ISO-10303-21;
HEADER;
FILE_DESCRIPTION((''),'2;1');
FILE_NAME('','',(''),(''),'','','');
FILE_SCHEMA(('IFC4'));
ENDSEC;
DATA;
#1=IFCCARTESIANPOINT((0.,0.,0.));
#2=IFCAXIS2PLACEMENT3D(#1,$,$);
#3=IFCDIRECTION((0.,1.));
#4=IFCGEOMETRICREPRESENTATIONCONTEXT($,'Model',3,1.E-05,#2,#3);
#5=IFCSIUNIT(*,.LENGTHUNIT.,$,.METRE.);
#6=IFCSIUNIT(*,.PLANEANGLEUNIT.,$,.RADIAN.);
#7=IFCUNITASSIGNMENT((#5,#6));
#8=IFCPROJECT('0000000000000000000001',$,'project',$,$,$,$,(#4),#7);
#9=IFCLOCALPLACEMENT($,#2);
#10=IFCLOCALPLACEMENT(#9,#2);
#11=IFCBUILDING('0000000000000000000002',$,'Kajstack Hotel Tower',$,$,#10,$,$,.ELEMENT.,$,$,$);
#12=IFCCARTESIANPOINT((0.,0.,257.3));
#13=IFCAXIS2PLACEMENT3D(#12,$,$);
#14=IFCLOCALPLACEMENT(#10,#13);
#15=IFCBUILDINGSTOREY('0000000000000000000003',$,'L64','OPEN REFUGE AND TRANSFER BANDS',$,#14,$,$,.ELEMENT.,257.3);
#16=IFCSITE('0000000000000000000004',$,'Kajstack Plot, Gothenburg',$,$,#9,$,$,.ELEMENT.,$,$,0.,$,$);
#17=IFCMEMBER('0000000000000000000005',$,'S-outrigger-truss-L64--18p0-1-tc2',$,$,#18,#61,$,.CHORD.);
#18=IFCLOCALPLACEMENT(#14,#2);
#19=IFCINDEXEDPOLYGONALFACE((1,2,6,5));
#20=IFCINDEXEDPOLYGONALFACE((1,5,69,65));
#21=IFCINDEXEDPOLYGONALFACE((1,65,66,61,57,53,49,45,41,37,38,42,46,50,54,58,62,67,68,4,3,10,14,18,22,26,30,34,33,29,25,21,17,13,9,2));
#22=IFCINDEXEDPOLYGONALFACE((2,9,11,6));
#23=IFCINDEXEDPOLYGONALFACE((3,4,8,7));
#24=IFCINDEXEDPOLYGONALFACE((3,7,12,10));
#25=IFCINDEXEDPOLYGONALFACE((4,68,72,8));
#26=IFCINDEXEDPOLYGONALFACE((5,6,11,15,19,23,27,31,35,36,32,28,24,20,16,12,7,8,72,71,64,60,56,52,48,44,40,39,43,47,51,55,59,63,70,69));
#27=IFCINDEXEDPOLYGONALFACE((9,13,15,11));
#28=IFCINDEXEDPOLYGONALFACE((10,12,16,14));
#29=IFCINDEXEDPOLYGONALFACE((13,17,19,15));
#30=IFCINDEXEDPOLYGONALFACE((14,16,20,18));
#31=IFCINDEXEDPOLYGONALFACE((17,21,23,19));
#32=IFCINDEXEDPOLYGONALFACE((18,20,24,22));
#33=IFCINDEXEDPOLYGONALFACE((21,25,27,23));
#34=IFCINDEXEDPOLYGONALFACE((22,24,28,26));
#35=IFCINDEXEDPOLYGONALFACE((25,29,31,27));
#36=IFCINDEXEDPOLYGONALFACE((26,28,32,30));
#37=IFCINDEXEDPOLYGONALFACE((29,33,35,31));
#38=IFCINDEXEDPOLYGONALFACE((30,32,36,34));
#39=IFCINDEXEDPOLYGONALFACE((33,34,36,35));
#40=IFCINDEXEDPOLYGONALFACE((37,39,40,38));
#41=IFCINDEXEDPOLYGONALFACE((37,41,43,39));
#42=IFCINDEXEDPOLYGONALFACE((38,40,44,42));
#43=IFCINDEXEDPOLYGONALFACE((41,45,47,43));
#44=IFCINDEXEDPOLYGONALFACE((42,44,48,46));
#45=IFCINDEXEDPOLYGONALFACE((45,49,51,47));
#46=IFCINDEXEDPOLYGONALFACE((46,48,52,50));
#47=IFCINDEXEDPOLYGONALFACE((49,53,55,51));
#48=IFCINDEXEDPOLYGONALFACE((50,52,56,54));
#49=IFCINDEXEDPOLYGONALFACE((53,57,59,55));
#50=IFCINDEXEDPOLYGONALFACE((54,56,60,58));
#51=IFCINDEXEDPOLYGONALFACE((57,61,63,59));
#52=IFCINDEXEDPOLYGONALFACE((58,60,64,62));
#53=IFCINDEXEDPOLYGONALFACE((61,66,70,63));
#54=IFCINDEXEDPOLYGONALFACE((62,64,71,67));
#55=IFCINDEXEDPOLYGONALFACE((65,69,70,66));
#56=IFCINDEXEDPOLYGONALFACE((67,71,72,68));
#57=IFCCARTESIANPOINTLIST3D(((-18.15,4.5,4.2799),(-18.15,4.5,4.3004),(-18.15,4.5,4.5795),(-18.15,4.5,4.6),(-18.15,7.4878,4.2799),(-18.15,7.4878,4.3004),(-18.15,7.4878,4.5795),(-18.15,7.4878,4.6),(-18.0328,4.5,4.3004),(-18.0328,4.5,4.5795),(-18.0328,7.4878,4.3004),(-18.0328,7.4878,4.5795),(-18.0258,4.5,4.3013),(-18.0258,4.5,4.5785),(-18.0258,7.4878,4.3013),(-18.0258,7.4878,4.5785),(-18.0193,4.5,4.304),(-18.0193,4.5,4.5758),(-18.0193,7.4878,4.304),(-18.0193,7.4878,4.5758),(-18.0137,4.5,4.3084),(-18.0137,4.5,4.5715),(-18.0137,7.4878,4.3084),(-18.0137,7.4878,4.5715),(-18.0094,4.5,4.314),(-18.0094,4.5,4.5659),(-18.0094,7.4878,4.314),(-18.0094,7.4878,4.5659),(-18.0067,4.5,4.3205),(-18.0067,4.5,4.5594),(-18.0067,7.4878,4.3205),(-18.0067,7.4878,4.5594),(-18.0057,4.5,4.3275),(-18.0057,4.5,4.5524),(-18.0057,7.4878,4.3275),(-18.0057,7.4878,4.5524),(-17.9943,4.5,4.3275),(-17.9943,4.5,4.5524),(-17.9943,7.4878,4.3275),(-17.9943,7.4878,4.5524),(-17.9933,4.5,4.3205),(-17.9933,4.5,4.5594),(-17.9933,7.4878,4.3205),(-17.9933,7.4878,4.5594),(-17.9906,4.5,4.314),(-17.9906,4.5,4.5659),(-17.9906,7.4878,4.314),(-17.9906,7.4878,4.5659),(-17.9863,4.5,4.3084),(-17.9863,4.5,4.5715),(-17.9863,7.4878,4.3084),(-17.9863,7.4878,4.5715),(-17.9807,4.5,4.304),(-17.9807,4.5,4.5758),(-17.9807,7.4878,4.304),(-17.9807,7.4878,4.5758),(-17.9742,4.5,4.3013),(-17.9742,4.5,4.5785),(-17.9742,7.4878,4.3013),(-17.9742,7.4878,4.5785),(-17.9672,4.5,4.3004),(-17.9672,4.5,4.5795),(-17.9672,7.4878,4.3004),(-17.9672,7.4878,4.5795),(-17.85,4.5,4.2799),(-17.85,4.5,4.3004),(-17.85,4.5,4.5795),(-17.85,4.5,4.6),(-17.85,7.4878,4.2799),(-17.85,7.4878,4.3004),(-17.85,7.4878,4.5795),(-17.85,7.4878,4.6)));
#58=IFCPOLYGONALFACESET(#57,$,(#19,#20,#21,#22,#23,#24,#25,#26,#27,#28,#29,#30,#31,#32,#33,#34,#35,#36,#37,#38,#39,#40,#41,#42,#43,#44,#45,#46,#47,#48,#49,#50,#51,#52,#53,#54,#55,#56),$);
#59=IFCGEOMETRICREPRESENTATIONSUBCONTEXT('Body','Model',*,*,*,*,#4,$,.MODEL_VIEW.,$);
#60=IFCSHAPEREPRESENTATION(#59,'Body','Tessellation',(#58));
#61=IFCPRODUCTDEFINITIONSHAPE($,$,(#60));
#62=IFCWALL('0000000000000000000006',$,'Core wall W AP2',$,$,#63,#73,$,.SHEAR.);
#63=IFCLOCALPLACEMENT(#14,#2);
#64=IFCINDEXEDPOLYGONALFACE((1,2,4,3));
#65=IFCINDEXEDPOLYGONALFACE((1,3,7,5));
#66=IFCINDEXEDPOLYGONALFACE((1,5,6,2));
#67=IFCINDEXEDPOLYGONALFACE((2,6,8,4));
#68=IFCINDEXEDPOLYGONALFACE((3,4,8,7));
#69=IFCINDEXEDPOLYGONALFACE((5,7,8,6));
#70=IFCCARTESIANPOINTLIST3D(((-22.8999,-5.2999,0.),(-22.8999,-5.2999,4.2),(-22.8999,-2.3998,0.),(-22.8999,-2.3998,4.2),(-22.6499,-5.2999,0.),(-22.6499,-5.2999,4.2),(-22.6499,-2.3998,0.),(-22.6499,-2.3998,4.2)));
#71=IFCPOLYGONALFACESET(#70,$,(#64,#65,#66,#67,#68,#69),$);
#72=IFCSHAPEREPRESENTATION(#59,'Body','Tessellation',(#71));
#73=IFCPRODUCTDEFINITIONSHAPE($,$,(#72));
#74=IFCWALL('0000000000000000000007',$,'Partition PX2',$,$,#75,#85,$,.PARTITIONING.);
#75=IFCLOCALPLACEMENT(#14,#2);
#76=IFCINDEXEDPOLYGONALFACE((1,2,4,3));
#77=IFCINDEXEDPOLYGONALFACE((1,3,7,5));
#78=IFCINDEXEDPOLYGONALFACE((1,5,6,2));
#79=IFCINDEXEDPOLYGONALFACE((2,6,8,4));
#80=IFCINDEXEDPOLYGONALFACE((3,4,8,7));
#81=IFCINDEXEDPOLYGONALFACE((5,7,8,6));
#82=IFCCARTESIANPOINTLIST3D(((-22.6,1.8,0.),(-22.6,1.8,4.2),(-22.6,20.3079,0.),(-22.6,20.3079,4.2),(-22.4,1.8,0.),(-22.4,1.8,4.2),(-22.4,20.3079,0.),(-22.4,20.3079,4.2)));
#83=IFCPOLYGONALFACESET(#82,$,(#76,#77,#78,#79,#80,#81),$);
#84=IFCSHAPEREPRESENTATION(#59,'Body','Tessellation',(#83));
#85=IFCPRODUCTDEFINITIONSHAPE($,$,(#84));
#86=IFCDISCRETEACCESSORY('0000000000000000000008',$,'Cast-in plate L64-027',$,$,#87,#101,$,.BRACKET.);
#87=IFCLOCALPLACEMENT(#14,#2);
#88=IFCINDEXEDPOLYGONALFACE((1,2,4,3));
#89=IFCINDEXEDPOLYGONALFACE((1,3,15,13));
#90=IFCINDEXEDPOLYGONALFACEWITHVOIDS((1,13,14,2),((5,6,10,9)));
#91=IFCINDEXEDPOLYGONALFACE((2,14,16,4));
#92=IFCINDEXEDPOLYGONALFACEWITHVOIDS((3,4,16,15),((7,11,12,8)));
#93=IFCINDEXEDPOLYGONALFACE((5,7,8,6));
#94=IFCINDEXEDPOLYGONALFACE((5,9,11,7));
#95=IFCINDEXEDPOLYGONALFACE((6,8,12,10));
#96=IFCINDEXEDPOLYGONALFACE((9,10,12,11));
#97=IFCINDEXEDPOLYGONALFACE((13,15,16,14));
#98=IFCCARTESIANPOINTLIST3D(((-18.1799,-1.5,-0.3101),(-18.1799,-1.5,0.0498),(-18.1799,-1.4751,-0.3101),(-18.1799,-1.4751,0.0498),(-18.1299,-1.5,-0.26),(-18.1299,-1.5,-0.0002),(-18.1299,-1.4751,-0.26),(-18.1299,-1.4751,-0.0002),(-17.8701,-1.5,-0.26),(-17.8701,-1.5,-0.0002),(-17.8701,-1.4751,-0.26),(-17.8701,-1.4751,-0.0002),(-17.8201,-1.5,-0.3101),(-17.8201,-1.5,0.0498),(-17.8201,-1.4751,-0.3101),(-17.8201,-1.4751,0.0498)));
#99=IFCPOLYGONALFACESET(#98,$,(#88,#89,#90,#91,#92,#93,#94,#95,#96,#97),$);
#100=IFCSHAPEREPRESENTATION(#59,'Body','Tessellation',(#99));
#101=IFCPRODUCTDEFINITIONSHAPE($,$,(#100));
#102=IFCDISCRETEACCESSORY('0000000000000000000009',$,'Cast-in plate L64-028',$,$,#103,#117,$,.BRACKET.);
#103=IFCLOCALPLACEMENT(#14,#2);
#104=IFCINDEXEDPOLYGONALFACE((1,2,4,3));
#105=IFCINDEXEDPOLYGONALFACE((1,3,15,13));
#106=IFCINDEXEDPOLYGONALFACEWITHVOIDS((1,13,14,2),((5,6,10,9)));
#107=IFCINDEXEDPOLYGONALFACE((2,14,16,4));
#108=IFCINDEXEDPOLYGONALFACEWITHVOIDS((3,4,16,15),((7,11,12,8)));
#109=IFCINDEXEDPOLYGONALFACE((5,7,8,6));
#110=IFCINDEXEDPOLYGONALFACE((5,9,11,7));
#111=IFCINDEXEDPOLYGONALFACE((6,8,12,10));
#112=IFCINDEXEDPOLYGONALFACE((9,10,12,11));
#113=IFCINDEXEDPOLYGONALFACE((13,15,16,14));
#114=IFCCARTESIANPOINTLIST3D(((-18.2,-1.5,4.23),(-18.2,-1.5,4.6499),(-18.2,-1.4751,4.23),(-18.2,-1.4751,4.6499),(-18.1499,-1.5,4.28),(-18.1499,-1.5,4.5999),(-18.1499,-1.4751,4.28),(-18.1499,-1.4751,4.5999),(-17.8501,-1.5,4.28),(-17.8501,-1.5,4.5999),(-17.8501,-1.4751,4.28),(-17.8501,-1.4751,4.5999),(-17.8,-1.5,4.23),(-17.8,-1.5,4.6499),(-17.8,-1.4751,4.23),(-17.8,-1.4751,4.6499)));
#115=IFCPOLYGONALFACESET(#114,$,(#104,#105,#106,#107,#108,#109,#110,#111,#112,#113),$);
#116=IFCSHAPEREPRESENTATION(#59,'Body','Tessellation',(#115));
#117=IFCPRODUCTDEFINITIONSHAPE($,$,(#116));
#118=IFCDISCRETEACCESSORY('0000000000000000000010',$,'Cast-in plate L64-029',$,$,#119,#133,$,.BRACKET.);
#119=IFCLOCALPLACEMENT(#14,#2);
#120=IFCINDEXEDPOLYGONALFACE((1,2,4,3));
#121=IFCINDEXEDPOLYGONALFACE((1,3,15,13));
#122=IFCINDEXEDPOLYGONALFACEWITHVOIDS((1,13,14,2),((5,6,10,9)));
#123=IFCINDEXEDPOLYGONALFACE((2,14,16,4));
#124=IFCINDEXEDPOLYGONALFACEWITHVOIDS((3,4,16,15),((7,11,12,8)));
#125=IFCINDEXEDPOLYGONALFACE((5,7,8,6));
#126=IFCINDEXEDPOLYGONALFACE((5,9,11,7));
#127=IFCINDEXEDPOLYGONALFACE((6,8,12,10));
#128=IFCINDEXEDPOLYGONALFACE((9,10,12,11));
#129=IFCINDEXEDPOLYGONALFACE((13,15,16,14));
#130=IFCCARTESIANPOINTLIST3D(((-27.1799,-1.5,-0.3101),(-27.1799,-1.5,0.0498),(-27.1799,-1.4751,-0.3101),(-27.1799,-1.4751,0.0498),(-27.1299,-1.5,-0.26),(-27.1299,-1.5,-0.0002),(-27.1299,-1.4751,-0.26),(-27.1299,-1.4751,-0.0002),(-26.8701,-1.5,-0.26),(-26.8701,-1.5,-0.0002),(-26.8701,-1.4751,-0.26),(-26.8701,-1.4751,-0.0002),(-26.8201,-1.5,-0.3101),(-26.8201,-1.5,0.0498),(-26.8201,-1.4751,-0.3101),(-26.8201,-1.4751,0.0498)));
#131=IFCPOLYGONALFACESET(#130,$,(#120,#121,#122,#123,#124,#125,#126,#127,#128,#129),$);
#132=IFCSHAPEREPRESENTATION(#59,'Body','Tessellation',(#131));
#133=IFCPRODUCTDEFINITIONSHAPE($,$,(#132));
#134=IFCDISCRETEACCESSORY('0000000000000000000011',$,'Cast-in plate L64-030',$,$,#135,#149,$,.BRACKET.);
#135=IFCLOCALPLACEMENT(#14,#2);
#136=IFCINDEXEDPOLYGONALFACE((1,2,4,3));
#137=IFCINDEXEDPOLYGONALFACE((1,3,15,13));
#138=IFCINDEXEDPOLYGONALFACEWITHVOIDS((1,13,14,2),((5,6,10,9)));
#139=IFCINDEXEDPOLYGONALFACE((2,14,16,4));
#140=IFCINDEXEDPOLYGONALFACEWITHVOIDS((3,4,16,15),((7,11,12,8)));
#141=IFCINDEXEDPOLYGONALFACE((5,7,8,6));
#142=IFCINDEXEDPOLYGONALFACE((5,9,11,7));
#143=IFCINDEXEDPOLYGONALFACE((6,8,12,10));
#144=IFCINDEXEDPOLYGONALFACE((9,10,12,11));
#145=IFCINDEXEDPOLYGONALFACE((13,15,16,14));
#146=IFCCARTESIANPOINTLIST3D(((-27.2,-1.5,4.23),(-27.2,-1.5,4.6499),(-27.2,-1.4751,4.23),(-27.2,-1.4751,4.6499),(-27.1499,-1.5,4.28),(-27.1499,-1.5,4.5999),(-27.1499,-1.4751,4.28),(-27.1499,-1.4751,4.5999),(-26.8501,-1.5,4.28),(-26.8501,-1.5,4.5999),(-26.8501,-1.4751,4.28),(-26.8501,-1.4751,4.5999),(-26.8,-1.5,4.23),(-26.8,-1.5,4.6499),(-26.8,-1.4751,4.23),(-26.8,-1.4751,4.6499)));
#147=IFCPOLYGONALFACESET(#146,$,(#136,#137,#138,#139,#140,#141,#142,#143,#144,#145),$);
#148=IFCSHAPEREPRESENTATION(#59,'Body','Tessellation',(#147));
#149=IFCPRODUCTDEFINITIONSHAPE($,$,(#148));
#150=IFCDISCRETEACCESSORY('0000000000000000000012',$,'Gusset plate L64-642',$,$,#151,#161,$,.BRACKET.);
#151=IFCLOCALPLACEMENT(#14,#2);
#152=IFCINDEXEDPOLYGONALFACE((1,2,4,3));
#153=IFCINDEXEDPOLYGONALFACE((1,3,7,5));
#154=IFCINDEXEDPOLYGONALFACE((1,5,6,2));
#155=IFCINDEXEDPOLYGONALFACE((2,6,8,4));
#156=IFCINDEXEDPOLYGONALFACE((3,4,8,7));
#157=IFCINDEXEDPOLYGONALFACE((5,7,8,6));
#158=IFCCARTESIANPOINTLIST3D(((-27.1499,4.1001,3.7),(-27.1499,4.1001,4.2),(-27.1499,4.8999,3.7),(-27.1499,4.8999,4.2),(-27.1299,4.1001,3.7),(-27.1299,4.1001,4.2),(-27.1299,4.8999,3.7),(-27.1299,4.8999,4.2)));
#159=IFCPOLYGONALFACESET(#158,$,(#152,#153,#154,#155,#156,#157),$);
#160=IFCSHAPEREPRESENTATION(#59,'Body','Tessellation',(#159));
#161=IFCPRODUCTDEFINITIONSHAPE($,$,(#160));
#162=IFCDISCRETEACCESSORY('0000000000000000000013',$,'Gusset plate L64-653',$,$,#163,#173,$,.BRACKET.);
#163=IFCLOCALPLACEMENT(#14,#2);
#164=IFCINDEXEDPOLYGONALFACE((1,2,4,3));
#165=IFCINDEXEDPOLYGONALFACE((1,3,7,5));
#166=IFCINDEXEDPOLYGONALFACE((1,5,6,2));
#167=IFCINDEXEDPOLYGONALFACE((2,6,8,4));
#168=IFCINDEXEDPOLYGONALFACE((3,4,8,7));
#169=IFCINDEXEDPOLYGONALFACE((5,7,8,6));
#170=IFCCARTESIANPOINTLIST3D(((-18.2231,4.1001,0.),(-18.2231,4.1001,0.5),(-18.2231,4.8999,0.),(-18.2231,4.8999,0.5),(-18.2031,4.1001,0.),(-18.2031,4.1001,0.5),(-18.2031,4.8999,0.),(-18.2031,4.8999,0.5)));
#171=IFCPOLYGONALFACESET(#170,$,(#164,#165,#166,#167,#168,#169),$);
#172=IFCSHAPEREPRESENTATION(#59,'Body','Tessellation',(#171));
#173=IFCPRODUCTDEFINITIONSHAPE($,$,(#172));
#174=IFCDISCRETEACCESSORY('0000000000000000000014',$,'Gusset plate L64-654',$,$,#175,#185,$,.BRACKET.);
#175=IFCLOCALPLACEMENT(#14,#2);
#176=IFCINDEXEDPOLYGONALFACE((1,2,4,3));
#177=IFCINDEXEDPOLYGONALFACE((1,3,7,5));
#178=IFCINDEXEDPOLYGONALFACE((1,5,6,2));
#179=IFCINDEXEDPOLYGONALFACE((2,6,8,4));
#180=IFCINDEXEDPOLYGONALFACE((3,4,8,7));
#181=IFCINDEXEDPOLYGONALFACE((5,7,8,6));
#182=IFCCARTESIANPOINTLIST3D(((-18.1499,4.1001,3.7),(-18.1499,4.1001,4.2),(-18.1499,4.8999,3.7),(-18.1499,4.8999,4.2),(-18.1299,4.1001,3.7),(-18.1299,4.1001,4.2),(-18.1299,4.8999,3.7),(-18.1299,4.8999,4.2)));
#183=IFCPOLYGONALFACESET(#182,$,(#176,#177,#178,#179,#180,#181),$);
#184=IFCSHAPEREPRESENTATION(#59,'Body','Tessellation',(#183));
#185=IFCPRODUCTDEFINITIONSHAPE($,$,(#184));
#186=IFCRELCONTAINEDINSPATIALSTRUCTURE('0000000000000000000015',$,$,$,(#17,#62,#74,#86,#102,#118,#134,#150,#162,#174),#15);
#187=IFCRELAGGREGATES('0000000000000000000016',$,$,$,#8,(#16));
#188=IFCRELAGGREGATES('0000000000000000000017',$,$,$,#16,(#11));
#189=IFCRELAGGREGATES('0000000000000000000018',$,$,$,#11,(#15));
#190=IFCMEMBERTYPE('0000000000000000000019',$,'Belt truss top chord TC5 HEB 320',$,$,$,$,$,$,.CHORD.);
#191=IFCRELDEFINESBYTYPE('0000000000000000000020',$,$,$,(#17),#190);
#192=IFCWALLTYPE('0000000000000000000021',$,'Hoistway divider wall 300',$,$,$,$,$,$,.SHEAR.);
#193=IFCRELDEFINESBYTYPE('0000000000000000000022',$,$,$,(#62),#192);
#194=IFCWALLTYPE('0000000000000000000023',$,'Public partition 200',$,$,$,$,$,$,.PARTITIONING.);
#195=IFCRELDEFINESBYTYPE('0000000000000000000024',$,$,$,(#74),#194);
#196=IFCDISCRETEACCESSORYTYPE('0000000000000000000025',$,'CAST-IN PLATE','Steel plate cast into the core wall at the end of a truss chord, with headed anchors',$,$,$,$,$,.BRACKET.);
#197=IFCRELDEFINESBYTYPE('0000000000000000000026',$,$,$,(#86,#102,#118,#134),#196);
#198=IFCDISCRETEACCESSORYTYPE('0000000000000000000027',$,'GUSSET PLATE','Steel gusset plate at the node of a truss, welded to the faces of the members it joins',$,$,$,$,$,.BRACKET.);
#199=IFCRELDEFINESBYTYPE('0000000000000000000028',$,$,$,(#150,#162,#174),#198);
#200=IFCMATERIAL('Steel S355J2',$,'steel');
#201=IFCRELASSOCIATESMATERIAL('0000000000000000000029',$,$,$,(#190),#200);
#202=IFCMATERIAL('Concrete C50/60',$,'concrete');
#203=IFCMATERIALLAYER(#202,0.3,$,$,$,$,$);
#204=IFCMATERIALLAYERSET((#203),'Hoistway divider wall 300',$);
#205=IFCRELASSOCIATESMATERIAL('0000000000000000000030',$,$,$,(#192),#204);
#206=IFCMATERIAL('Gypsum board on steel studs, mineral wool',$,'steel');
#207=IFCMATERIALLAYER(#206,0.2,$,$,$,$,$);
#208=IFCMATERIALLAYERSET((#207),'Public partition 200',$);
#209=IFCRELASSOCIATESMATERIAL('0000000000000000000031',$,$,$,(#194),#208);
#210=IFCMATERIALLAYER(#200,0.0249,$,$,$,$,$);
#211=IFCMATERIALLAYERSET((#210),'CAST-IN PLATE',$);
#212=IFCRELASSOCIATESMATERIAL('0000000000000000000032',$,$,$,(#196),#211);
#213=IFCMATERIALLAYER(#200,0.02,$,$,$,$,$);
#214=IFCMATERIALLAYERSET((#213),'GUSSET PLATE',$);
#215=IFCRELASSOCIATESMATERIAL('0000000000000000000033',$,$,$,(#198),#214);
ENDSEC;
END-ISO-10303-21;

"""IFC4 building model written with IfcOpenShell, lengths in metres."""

from ifc_helpers import new_model, si_unit, direction, frame, frame_2d, origin, origin_2d, place, context, subcontext, project, spatial, polyline, rectangle, i_section, outline, extrude, material, layer, layer_set, material_profile, profile_set, type_object, element, save


model = new_model("IFC4")

# Units and contexts
model_context = context("Model", 3, precision=1e-05, world=origin(), true_north=direction((0.0, 1.0)))
body_context = subcontext(model_context, "Body", "Model", "MODEL_VIEW")
ifc_project = project(units=[si_unit("LENGTHUNIT", "METRE"), si_unit("PLANEANGLEUNIT", "RADIAN")], contexts=[model_context])

# Site, building, storey
site_placement = place(None, origin())
site = spatial("IfcSite", under=ifc_project, at=site_placement, Name="Kajstack Plot, Gothenburg", CompositionType="ELEMENT", RefElevation=0.0)
building_placement = place(site_placement, origin())
building = spatial("IfcBuilding", under=site, at=building_placement, Name="Kajstack Hotel Tower", CompositionType="ELEMENT")
storey_placement = place(building_placement, frame((0.0, 0.0, 257.3)))
storey = spatial("IfcBuildingStorey", under=building, at=storey_placement, Name="L64", Description="OPEN REFUGE AND TRANSFER BANDS", CompositionType="ELEMENT", Elevation=257.3)

# Member
ifc_material_1 = material(Name="Steel S355J2", Category="steel")
ifc_material_profile_1 = material_profile(ifc_material_1, i_section(OverallWidth=0.3, OverallDepth=0.3201, WebThickness=0.0115, FlangeThickness=0.0205, FilletRadius=0.0271, at=origin_2d()), Name="HEB 320")
ifc_profile_set_1 = profile_set([ifc_material_profile_1], Name="Steel S355J2")
member_type_1 = type_object("IfcMemberType", Name="Belt truss top chord TC5 HEB 320", PredefinedType="CHORD", material=ifc_profile_set_1)
member_1_placement = place(storey_placement, frame((-18.0, 4.5, 4.4399), z_axis=(0.0, 1.0, 0.0), x_axis=(-1.0, 0.0, 0.0)))
element("IfcMember", 1, at=member_1_placement, inside=storey, type_object=member_type_1, Name="S-outrigger-truss-L64--18p0-1-tc2", PredefinedType="CHORD", context=body_context, shape_type="SweptSolid", body=[
    extrude(i_section(OverallWidth=0.3, OverallDepth=0.3201, WebThickness=0.0115, FlangeThickness=0.0205, FilletRadius=0.0271, at=origin_2d()), origin(), (0.0, 0.0, 1.0), 2.9878),
])

# Walls
ifc_material_2 = material(Name="Concrete C50/60", Category="concrete")
ifc_layer_1 = layer(ifc_material_2, 0.3)
ifc_layer_set_1 = layer_set([ifc_layer_1], Name="Hoistway divider wall 300")
wall_type_1 = type_object("IfcWallType", Name="Hoistway divider wall 300", PredefinedType="SHEAR", material=ifc_layer_set_1)
wall_1_placement = place(storey_placement, frame((-22.7749, -5.3, 0.0), z_axis=(0.0, 0.0, 1.0), x_axis=(0.0, 1.0, 0.0)))
element("IfcWall", 2, at=wall_1_placement, inside=storey, type_object=wall_type_1, Name="Core wall W AP2", PredefinedType="SHEAR", context=body_context, shape_type="SweptSolid", body=[
    extrude(rectangle(XDim=2.9001, YDim=0.25, at=frame_2d((1.4502, 0.0))), origin(), (0.0, 0.0, 1.0), 4.2),
])
ifc_material_3 = material(Name="Gypsum board on steel studs, mineral wool", Category="steel")
ifc_layer_2 = layer(ifc_material_3, 0.2)
ifc_layer_set_2 = layer_set([ifc_layer_2], Name="Public partition 200")
wall_type_2 = type_object("IfcWallType", Name="Public partition 200", PredefinedType="PARTITIONING", material=ifc_layer_set_2)
wall_2_placement = place(storey_placement, frame((-22.5, 1.8, 0.0), z_axis=(0.0, 0.0, 1.0), x_axis=(0.0, 1.0, 0.0)))
element("IfcWall", 3, at=wall_2_placement, inside=storey, type_object=wall_type_2, Name="Partition PX2", PredefinedType="PARTITIONING", context=body_context, shape_type="SweptSolid", body=[
    extrude(rectangle(XDim=18.5078, YDim=0.2, at=frame_2d((9.2539, 0.0))), origin(), (0.0, 0.0, 1.0), 4.2),
])

# Discrete accessories
ifc_layer_3 = layer(ifc_material_1, 0.0249)
ifc_layer_set_3 = layer_set([ifc_layer_3], Name="CAST-IN PLATE")
discrete_accessory_type_1 = type_object("IfcDiscreteAccessoryType", Name="CAST-IN PLATE", Description="Steel plate cast into the core wall at the end of a truss chord, with headed anchors", PredefinedType="BRACKET", material=ifc_layer_set_3)
discrete_accessory_1_placement = place(storey_placement, frame((-18.0, -1.5, -0.1301), z_axis=(0.0, 1.0, 0.0), x_axis=(-1.0, 0.0, 0.0)))
element("IfcDiscreteAccessory", 4, at=discrete_accessory_1_placement, inside=storey, type_object=discrete_accessory_type_1, Name="Cast-in plate L64-027", PredefinedType="BRACKET", context=body_context, shape_type="SweptSolid", body=[
    extrude(outline(polyline([(-0.1799, -0.1799), (0.1799, -0.1799), (0.1799, 0.1799), (-0.1799, 0.1799), (-0.1799, -0.1799)]), holes=[polyline([(-0.1299, -0.1299), (-0.1299, 0.1299), (0.1299, 0.1299), (0.1299, -0.1299), (-0.1299, -0.1299)])]), origin(), (0.0, 0.0, 1.0), 0.0249),
])
discrete_accessory_2_placement = place(storey_placement, frame((-18.0, -1.5, 4.4399), z_axis=(0.0, 1.0, 0.0), x_axis=(-1.0, 0.0, 0.0)))
element("IfcDiscreteAccessory", 5, at=discrete_accessory_2_placement, inside=storey, type_object=discrete_accessory_type_1, Name="Cast-in plate L64-028", PredefinedType="BRACKET", context=body_context, shape_type="SweptSolid", body=[
    extrude(outline(polyline([(-0.2, -0.21), (0.2, -0.21), (0.2, 0.21), (-0.2, 0.21), (-0.2, -0.21)]), holes=[polyline([(-0.1499, -0.1599), (-0.1499, 0.1599), (0.1499, 0.1599), (0.1499, -0.1599), (-0.1499, -0.1599)])]), origin(), (0.0, 0.0, 1.0), 0.0249),
])
discrete_accessory_3_placement = place(storey_placement, frame((-27.0, -1.5, -0.1301), z_axis=(0.0, 1.0, 0.0), x_axis=(-1.0, 0.0, 0.0)))
element("IfcDiscreteAccessory", 6, at=discrete_accessory_3_placement, inside=storey, type_object=discrete_accessory_type_1, Name="Cast-in plate L64-029", PredefinedType="BRACKET", context=body_context, shape_type="SweptSolid", body=[
    extrude(outline(polyline([(-0.1799, -0.1799), (0.1799, -0.1799), (0.1799, 0.1799), (-0.1799, 0.1799), (-0.1799, -0.1799)]), holes=[polyline([(-0.1299, -0.1299), (-0.1299, 0.1299), (0.1299, 0.1299), (0.1299, -0.1299), (-0.1299, -0.1299)])]), origin(), (0.0, 0.0, 1.0), 0.0249),
])
discrete_accessory_4_placement = place(storey_placement, frame((-27.0, -1.5, 4.4399), z_axis=(0.0, 1.0, 0.0), x_axis=(-1.0, 0.0, 0.0)))
element("IfcDiscreteAccessory", 7, at=discrete_accessory_4_placement, inside=storey, type_object=discrete_accessory_type_1, Name="Cast-in plate L64-030", PredefinedType="BRACKET", context=body_context, shape_type="SweptSolid", body=[
    extrude(outline(polyline([(-0.2, -0.21), (0.2, -0.21), (0.2, 0.21), (-0.2, 0.21), (-0.2, -0.21)]), holes=[polyline([(-0.1499, -0.1599), (-0.1499, 0.1599), (0.1499, 0.1599), (0.1499, -0.1599), (-0.1499, -0.1599)])]), origin(), (0.0, 0.0, 1.0), 0.0249),
])
ifc_layer_4 = layer(ifc_material_1, 0.02)
ifc_layer_set_4 = layer_set([ifc_layer_4], Name="GUSSET PLATE")
discrete_accessory_type_2 = type_object("IfcDiscreteAccessoryType", Name="GUSSET PLATE", Description="Steel gusset plate at the node of a truss, welded to the faces of the members it joins", PredefinedType="BRACKET", material=ifc_layer_set_4)
for number, where, z_axis, x_axis, name in (
    (8, (-27.1499, 4.5, 3.7), (1.0, 0.0, 0.0), (0.0, 1.0, 0.0), "Gusset plate L64-642"),
    (9, (-18.2231, 4.5, 0.0), (1.0, 0.0, 0.0), (0.0, 1.0, 0.0), "Gusset plate L64-653"),
    (10, (-18.1499, 4.5, 3.7), (1.0, 0.0, 0.0), (0.0, 1.0, 0.0), "Gusset plate L64-654"),
):
    element("IfcDiscreteAccessory", number, at=place(storey_placement, frame(where, z_axis=z_axis, x_axis=x_axis)), inside=storey, type_object=discrete_accessory_type_2, Name=name, PredefinedType="BRACKET", context=body_context, shape_type="SweptSolid", body=[
        extrude(outline(polyline([(-0.3999, 0.0), (0.3999, 0.0), (0.3999, 0.5), (-0.3999, 0.5), (-0.3999, 0.0)])), origin(), (0.0, 0.0, 1.0), 0.02),
    ])

save(model, "model.ifc")
